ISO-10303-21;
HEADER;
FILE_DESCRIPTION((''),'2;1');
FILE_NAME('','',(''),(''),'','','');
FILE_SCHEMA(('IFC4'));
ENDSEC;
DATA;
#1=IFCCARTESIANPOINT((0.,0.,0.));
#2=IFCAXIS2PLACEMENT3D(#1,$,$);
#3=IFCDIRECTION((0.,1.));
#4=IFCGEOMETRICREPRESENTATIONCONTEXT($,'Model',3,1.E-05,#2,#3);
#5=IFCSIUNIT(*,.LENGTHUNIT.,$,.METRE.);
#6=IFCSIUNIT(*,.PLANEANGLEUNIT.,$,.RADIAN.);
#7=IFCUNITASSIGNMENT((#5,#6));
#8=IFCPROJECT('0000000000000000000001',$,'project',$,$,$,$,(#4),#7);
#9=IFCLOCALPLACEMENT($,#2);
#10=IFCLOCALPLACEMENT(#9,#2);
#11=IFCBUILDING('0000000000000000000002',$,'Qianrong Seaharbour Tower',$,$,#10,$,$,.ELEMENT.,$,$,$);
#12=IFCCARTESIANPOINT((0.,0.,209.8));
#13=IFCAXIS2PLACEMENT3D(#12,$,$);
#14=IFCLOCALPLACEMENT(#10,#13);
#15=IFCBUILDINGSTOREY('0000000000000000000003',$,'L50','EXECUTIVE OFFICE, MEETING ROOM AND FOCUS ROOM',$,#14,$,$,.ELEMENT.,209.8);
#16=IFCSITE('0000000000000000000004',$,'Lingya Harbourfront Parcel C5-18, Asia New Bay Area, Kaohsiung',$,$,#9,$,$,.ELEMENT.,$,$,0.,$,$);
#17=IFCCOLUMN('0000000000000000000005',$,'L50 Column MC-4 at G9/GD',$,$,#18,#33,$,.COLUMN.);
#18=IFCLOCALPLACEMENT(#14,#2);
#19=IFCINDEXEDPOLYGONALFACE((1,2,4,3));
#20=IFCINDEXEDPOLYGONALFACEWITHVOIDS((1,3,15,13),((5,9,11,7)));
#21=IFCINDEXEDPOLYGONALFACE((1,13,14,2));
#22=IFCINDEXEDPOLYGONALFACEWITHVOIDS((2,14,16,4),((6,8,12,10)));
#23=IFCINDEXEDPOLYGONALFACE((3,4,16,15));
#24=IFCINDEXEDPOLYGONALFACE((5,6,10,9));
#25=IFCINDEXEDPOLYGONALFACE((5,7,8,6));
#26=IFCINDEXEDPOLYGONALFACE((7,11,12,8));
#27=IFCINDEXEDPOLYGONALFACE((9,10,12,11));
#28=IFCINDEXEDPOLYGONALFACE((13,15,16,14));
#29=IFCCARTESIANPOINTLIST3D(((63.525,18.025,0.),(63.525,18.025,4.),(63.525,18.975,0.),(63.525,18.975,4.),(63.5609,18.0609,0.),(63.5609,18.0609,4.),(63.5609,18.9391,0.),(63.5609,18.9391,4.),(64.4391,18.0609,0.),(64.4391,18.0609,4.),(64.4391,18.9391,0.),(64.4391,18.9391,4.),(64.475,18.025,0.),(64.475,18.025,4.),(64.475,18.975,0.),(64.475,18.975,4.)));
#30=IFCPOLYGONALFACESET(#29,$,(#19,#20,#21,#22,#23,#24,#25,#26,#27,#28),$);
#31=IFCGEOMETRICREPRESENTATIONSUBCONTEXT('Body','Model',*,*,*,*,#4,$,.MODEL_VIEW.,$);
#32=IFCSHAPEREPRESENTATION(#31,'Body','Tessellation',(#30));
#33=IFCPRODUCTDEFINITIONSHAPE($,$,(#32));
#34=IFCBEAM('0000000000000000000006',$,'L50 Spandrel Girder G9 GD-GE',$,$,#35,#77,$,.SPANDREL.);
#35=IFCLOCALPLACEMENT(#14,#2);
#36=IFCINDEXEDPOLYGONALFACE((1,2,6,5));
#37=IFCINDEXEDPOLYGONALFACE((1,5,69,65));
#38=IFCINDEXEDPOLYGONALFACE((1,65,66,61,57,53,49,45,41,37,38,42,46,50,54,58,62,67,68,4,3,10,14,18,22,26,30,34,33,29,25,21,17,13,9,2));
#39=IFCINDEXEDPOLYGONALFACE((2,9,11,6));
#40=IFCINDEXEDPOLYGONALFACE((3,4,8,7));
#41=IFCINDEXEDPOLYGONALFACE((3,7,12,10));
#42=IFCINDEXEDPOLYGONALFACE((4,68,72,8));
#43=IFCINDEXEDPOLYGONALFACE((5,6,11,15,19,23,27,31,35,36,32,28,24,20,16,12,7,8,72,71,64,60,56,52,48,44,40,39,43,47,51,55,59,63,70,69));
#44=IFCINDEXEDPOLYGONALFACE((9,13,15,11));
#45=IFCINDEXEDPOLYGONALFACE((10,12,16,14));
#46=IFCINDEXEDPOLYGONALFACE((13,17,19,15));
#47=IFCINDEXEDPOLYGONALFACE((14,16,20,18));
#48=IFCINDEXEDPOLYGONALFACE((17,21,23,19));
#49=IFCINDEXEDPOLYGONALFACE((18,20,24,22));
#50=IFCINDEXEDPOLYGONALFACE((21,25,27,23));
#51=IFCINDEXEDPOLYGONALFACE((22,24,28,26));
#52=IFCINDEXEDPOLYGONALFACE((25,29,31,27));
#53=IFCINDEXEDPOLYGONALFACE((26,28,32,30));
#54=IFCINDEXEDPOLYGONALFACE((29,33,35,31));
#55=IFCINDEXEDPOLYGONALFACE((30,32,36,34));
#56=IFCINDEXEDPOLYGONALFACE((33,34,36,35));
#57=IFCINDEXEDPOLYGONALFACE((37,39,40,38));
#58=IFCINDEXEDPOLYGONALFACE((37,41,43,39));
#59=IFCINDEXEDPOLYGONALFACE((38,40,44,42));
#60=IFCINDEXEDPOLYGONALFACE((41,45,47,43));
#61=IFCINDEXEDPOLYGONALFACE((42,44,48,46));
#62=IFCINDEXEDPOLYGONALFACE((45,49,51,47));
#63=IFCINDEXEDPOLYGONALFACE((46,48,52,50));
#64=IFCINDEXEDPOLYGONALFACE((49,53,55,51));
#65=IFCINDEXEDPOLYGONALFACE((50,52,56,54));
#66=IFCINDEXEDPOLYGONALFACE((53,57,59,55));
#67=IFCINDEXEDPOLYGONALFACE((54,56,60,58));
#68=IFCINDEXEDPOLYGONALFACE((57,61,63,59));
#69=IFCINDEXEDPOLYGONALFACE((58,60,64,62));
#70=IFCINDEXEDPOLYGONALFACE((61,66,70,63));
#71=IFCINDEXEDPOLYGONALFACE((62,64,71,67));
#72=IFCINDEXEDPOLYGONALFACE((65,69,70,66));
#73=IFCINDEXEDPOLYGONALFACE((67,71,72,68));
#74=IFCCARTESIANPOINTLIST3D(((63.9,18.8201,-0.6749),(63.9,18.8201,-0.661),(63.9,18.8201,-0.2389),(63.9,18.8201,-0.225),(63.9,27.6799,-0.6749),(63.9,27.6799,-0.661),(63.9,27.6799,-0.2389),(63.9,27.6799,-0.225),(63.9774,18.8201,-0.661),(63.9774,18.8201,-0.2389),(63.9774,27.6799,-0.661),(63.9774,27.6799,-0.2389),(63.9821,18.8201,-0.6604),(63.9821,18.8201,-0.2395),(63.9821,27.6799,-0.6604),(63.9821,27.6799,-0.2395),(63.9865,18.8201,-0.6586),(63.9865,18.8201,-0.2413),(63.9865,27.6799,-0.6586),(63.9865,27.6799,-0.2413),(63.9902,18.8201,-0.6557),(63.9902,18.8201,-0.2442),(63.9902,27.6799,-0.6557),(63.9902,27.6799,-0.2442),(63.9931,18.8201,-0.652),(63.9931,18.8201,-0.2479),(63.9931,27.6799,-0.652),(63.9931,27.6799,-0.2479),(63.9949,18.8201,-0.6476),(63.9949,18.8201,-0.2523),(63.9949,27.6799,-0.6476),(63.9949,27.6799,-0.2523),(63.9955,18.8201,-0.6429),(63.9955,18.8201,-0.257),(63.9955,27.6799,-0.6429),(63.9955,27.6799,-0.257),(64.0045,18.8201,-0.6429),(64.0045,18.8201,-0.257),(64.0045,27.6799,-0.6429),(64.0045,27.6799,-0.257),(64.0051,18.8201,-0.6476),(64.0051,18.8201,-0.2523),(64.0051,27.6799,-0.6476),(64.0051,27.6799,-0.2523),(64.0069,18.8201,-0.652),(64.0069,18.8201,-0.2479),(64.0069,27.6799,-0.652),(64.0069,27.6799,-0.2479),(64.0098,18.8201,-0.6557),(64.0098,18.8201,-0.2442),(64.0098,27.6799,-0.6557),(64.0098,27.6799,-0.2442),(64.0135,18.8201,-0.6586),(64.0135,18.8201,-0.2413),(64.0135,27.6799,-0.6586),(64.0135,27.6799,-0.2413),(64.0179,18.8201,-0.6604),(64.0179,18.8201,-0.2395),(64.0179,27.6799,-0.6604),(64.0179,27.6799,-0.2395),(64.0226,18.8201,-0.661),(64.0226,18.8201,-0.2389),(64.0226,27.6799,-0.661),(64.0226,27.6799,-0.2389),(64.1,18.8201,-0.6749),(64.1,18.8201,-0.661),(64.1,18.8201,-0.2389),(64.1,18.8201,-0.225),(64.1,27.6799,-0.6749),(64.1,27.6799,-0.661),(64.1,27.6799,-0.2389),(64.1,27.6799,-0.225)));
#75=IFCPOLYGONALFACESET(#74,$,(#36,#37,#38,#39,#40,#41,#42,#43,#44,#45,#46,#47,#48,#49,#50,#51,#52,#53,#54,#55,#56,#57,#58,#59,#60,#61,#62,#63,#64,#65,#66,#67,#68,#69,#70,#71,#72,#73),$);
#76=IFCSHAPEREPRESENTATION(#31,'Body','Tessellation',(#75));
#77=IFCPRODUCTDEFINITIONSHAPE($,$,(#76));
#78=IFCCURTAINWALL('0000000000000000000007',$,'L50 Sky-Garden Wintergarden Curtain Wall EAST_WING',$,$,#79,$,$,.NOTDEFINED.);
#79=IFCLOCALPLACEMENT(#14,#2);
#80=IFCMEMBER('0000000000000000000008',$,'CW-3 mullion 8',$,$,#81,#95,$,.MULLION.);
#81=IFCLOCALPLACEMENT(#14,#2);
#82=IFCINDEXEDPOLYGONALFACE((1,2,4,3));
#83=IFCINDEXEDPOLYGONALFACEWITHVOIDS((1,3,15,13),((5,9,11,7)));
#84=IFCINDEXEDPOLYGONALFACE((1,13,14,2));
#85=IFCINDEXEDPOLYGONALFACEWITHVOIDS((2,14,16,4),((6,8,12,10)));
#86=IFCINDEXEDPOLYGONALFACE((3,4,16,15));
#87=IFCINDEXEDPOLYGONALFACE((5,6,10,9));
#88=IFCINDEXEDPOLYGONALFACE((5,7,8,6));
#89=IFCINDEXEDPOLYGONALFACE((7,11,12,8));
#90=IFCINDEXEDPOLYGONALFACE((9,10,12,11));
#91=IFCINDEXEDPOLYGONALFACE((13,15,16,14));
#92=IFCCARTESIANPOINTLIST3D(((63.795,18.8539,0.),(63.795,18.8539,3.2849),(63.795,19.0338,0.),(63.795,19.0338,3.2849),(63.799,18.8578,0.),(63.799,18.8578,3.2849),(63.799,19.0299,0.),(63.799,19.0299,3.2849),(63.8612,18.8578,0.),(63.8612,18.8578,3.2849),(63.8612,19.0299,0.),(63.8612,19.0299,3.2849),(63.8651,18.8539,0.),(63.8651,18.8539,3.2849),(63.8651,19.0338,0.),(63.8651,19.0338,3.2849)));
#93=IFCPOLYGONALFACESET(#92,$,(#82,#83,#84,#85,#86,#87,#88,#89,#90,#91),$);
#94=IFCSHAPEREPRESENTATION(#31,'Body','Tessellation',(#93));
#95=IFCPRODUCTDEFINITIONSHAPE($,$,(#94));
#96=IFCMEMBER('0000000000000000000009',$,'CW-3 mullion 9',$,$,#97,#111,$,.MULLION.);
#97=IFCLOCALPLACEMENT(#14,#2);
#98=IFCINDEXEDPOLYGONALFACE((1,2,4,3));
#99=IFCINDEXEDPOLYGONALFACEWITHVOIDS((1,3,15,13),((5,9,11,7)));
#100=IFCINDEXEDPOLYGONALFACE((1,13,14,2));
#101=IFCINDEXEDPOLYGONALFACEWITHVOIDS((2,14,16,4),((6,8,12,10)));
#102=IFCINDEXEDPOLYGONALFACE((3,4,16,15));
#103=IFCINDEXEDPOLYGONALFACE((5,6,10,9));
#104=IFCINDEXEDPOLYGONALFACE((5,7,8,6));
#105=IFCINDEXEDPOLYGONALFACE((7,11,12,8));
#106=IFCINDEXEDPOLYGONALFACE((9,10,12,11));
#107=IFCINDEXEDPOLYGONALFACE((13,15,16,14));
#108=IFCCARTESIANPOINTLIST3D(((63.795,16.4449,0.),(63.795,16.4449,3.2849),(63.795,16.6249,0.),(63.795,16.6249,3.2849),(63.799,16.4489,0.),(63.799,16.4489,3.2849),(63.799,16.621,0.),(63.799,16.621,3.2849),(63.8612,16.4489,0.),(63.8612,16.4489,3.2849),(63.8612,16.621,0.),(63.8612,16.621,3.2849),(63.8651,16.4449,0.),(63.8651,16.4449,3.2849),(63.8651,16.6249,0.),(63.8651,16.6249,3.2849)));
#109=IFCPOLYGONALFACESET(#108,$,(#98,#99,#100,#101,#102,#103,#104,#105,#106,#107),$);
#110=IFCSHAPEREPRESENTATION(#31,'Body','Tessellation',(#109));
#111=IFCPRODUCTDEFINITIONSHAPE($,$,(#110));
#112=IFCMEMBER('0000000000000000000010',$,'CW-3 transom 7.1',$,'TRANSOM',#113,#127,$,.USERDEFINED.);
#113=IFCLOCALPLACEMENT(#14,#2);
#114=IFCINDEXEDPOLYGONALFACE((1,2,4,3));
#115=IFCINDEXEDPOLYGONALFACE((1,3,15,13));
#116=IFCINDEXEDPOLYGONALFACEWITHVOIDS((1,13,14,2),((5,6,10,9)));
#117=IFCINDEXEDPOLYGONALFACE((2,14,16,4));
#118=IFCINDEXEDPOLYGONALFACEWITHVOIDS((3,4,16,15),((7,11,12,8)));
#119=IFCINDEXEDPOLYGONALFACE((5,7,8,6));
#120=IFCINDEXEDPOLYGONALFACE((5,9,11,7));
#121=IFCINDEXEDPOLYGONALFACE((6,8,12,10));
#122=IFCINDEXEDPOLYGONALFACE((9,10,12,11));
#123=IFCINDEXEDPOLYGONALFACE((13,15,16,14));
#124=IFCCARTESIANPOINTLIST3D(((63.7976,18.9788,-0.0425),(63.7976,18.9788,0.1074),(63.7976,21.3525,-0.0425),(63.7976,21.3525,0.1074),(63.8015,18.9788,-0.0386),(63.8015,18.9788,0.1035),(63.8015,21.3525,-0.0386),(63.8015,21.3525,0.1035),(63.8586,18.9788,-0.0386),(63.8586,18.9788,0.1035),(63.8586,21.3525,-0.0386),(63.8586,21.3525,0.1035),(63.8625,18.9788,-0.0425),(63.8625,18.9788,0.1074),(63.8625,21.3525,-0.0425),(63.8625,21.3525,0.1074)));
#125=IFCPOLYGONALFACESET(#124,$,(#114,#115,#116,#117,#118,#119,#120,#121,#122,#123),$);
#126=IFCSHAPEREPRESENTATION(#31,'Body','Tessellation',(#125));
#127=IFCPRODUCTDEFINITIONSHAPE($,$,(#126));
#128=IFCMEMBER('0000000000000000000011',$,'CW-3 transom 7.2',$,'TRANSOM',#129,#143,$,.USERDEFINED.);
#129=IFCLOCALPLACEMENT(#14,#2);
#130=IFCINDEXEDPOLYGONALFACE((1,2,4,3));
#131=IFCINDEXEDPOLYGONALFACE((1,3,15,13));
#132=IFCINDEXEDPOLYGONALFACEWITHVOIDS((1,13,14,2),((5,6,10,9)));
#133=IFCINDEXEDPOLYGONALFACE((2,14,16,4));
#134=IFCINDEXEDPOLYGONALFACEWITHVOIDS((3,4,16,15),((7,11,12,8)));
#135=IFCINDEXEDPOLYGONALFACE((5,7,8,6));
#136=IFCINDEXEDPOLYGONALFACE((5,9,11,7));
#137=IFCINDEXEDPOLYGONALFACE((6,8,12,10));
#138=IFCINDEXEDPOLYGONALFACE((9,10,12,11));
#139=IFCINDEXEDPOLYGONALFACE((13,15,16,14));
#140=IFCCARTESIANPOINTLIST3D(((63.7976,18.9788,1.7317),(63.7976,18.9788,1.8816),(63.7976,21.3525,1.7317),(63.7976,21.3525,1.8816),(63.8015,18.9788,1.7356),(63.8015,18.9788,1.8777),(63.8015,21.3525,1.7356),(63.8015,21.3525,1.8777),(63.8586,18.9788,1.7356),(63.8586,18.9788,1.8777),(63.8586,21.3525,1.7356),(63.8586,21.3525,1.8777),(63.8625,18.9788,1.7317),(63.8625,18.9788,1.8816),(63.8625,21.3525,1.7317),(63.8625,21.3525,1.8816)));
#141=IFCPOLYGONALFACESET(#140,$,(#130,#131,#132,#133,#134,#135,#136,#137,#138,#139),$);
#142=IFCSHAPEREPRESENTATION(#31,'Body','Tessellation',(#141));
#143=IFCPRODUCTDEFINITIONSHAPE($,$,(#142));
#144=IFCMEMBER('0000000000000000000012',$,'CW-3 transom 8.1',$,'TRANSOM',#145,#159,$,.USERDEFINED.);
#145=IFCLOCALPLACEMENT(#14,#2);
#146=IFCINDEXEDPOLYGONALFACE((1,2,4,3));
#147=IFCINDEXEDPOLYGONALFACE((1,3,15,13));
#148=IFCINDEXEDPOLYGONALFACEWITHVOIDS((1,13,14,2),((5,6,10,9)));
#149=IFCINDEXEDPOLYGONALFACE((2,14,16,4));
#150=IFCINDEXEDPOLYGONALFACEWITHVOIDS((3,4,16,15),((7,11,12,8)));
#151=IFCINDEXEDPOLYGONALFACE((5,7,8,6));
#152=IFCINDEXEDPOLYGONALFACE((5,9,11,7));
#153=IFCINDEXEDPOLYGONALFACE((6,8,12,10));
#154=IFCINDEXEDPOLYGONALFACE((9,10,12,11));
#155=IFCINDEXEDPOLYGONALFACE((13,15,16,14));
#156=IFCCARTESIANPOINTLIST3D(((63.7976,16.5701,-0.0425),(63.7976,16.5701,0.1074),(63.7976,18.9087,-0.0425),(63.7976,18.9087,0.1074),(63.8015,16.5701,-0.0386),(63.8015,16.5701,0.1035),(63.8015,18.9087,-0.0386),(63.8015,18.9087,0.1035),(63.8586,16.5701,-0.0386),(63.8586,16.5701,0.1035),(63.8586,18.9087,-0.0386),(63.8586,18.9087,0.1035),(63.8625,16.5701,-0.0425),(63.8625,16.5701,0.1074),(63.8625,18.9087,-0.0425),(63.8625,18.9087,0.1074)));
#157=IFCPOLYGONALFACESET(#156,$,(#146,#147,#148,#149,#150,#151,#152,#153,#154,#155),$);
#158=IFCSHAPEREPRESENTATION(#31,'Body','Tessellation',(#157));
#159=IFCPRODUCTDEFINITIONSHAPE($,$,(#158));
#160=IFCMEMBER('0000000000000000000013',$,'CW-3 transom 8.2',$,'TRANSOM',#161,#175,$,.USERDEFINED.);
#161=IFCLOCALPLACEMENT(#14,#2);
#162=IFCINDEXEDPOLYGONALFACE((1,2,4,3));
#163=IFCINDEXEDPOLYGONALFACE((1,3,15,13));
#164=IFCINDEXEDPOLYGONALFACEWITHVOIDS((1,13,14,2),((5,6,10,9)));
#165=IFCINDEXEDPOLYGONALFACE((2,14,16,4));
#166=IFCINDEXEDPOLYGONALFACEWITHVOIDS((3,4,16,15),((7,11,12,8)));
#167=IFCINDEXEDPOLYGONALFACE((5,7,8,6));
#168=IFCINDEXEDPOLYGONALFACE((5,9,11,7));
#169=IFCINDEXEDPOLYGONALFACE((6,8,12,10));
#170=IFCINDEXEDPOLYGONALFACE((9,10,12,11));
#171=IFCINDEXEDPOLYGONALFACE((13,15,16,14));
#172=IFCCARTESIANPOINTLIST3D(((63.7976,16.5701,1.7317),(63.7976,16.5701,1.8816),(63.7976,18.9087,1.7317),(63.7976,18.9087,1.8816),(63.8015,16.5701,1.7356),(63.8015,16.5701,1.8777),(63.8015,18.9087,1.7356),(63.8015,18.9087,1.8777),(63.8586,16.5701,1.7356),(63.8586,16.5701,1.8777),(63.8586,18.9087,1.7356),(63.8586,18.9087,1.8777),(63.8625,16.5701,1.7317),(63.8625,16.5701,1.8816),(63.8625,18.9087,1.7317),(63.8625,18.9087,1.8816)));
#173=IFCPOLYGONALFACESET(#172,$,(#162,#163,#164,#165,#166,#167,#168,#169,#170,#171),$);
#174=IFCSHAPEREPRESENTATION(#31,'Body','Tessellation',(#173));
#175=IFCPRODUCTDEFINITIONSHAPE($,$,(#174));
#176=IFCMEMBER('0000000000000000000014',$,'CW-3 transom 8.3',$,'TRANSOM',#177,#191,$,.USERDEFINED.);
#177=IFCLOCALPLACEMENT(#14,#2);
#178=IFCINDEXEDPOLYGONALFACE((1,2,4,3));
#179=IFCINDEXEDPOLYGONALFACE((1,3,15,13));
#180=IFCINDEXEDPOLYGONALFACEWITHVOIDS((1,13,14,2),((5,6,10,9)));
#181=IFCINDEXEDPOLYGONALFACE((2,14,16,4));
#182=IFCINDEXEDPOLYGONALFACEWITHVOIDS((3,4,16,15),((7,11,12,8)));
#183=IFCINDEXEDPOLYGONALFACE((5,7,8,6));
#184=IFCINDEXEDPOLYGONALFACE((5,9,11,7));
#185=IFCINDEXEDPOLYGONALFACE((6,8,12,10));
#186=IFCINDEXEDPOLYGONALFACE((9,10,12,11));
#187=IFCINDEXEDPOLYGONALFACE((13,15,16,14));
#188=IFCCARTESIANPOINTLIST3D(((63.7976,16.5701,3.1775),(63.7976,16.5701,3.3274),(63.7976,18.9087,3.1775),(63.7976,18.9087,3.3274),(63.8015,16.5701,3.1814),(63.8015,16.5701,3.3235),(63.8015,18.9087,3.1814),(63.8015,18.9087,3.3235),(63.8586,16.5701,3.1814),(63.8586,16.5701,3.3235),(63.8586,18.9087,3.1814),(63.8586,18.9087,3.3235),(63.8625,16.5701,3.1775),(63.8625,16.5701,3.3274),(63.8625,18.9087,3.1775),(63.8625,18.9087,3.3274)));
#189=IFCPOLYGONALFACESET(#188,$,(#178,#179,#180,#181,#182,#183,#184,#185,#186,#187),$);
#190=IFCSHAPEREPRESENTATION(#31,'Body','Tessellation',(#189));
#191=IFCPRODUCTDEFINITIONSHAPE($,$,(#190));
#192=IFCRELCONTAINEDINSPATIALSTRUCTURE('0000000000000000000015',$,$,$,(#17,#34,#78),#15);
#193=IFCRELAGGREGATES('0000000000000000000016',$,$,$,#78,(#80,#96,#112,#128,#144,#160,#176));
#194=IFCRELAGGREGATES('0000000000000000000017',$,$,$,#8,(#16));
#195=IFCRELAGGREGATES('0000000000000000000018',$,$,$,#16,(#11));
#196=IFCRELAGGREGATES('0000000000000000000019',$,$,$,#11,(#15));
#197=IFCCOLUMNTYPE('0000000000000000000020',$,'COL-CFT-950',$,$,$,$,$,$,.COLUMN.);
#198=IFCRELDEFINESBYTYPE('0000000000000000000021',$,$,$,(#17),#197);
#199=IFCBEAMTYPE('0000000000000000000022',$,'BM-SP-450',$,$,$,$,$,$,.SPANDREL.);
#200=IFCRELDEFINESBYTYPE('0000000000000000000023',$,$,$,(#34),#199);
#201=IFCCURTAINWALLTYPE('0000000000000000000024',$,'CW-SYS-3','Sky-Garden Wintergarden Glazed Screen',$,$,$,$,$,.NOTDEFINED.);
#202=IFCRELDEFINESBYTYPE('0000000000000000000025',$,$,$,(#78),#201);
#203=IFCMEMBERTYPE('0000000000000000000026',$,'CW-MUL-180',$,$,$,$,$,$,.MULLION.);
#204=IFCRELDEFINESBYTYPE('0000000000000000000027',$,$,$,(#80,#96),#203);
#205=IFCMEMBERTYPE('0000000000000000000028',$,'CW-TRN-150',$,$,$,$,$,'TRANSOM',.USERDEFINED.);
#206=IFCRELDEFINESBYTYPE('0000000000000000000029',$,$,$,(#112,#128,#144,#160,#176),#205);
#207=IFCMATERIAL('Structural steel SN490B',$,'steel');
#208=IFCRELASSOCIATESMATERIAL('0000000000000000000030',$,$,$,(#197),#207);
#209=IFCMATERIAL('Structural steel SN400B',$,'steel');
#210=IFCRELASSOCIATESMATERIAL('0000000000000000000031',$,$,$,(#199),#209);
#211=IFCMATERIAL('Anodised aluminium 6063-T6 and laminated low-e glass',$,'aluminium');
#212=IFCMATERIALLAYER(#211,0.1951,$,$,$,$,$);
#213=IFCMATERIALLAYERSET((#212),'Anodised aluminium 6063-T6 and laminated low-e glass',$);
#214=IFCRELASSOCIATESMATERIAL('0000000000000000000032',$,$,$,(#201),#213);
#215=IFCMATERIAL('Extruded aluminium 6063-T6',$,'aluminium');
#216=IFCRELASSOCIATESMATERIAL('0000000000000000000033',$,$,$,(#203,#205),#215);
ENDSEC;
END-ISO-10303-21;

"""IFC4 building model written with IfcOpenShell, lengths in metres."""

from ifc_helpers import new_model, si_unit, direction, frame, origin, origin_2d, place, context, subcontext, project, spatial, hollow_rectangle, i_section, extrude, material, layer, layer_set, material_profile, profile_set, type_object, element, aggregate, save


model = new_model("IFC4")

# Units and contexts
model_context = context("Model", 3, precision=1e-05, world=origin(), true_north=direction((0.0, 1.0)))
body_context = subcontext(model_context, "Body", "Model", "MODEL_VIEW")
ifc_project = project(units=[si_unit("LENGTHUNIT", "METRE"), si_unit("PLANEANGLEUNIT", "RADIAN")], contexts=[model_context])

# Site, building, storey
site_placement = place(None, origin())
site = spatial("IfcSite", under=ifc_project, at=site_placement, Name="Lingya Harbourfront Parcel C5-18, Asia New Bay Area, Kaohsiung", CompositionType="ELEMENT", RefElevation=0.0)
building_placement = place(site_placement, origin())
building = spatial("IfcBuilding", under=site, at=building_placement, Name="Qianrong Seaharbour Tower", CompositionType="ELEMENT")
storey_placement = place(building_placement, frame((0.0, 0.0, 209.8)))
storey = spatial("IfcBuildingStorey", under=building, at=storey_placement, Name="L50", Description="EXECUTIVE OFFICE, MEETING ROOM AND FOCUS ROOM", CompositionType="ELEMENT", Elevation=209.8)

# Column
ifc_material_1 = material(Name="Structural steel SN490B", Category="steel")
ifc_material_profile_1 = material_profile(ifc_material_1, hollow_rectangle(XDim=0.95, YDim=0.95, WallThickness=0.0359, at=origin_2d()), Name="BOX950x950x36")
ifc_profile_set_1 = profile_set([ifc_material_profile_1], Name="Structural steel SN490B")
column_type = type_object("IfcColumnType", Name="COL-CFT-950", PredefinedType="COLUMN", material=ifc_profile_set_1)
column_placement = place(storey_placement, frame((64.0, 18.5, 0.0), z_axis=(0.0, 0.0, 1.0), x_axis=(1.0, 0.0, 0.0)))
element("IfcColumn", 1, at=column_placement, inside=storey, type_object=column_type, Name="L50 Column MC-4 at G9/GD", PredefinedType="COLUMN", context=body_context, shape_type="SweptSolid", body=[
    extrude(hollow_rectangle(XDim=0.95, YDim=0.95, WallThickness=0.0359, at=origin_2d()), origin(), (0.0, 0.0, 1.0), 4.0),
])

# Beam
ifc_material_2 = material(Name="Structural steel SN400B", Category="steel")
ifc_material_profile_2 = material_profile(ifc_material_2, i_section(OverallWidth=0.2, OverallDepth=0.45, WebThickness=0.009, FlangeThickness=0.0139, FilletRadius=0.0181, at=origin_2d()), Name="H450x200x9x14")
ifc_profile_set_2 = profile_set([ifc_material_profile_2], Name="Structural steel SN400B")
beam_type = type_object("IfcBeamType", Name="BM-SP-450", PredefinedType="SPANDREL", material=ifc_profile_set_2)
beam_placement = place(storey_placement, frame((64.0, 18.8201, -0.45), z_axis=(0.0, 1.0, 0.0), x_axis=(-1.0, 0.0, 0.0)))
element("IfcBeam", 2, at=beam_placement, inside=storey, type_object=beam_type, Name="L50 Spandrel Girder G9 GD-GE", PredefinedType="SPANDREL", context=body_context, shape_type="SweptSolid", body=[
    extrude(i_section(OverallWidth=0.2, OverallDepth=0.45, WebThickness=0.009, FlangeThickness=0.0139, FilletRadius=0.0181, at=origin_2d()), origin(), (0.0, 0.0, 1.0), 8.8599),
])

# Curtain wall, members
ifc_material_3 = material(Name="Anodised aluminium 6063-T6 and laminated low-e glass", Category="aluminium")
ifc_layer_1 = layer(ifc_material_3, 0.1951)
ifc_layer_set_1 = layer_set([ifc_layer_1], Name="Anodised aluminium 6063-T6 and laminated low-e glass")
curtain_wall_type = type_object("IfcCurtainWallType", Name="CW-SYS-3", Description="Sky-Garden Wintergarden Glazed Screen", PredefinedType="NOTDEFINED", material=ifc_layer_set_1)
curtain_wall_placement = place(storey_placement, origin())
curtain_wall = element("IfcCurtainWall", 3, at=curtain_wall_placement, inside=storey, type_object=curtain_wall_type, Name="L50 Sky-Garden Wintergarden Curtain Wall EAST_WING", PredefinedType="NOTDEFINED")
ifc_material_4 = material(Name="Extruded aluminium 6063-T6", Category="aluminium")
ifc_material_profile_3 = material_profile(ifc_material_4, hollow_rectangle(XDim=0.0701, YDim=0.1799, WallThickness=0.0039, at=origin_2d()), Name="ALU-MUL-180x70x4")
ifc_profile_set_3 = profile_set([ifc_material_profile_3], Name="Extruded aluminium 6063-T6")
member_type_1 = type_object("IfcMemberType", Name="CW-MUL-180", PredefinedType="MULLION", material=ifc_profile_set_3)
member_1_placement = place(storey_placement, frame((63.8301, 18.9438, 0.0), z_axis=(0.0, 0.0, 1.0), x_axis=(1.0, 0.0, 0.0)))
member_1 = element("IfcMember", 4, at=member_1_placement, type_object=member_type_1, Name="CW-3 mullion 8", PredefinedType="MULLION", context=body_context, shape_type="SweptSolid", body=[
    extrude(hollow_rectangle(XDim=0.0701, YDim=0.1799, WallThickness=0.0039, at=origin_2d()), origin(), (0.0, 0.0, 1.0), 3.2849),
])
member_2_placement = place(storey_placement, frame((63.8301, 16.5349, 0.0), z_axis=(0.0, 0.0, 1.0), x_axis=(1.0, 0.0, 0.0)))
member_2 = element("IfcMember", 5, at=member_2_placement, type_object=member_type_1, Name="CW-3 mullion 9", PredefinedType="MULLION", context=body_context, shape_type="SweptSolid", body=[
    extrude(hollow_rectangle(XDim=0.0701, YDim=0.1799, WallThickness=0.0039, at=origin_2d()), origin(), (0.0, 0.0, 1.0), 3.2849),
])
ifc_material_profile_4 = material_profile(ifc_material_4, hollow_rectangle(XDim=0.0649, YDim=0.1499, WallThickness=0.0039, at=origin_2d()), Name="ALU-TRN-150x65x4")
ifc_profile_set_4 = profile_set([ifc_material_profile_4], Name="Extruded aluminium 6063-T6")
member_type_2 = type_object("IfcMemberType", Name="CW-TRN-150", ElementType="TRANSOM", PredefinedType="USERDEFINED", material=ifc_profile_set_4)
member_3_placement = place(storey_placement, frame((63.8301, 21.3525, 0.0325), z_axis=(0.0, -1.0, 0.0), x_axis=(1.0, 0.0, 0.0)))
member_3 = element("IfcMember", 6, at=member_3_placement, type_object=member_type_2, Name="CW-3 transom 7.1", ObjectType="TRANSOM", PredefinedType="USERDEFINED", context=body_context, shape_type="SweptSolid", body=[
    extrude(hollow_rectangle(XDim=0.0649, YDim=0.1499, WallThickness=0.0039, at=origin_2d()), origin(), (0.0, 0.0, 1.0), 2.3738),
])
member_4_placement = place(storey_placement, frame((63.8301, 21.3525, 1.8066), z_axis=(0.0, -1.0, 0.0), x_axis=(1.0, 0.0, 0.0)))
member_4 = element("IfcMember", 7, at=member_4_placement, type_object=member_type_2, Name="CW-3 transom 7.2", ObjectType="TRANSOM", PredefinedType="USERDEFINED", context=body_context, shape_type="SweptSolid", body=[
    extrude(hollow_rectangle(XDim=0.0649, YDim=0.1499, WallThickness=0.0039, at=origin_2d()), origin(), (0.0, 0.0, 1.0), 2.3738),
])
member_5_placement = place(storey_placement, frame((63.8301, 18.9087, 0.0325), z_axis=(0.0, -1.0, 0.0), x_axis=(1.0, 0.0, 0.0)))
member_5 = element("IfcMember", 8, at=member_5_placement, type_object=member_type_2, Name="CW-3 transom 8.1", ObjectType="TRANSOM", PredefinedType="USERDEFINED", context=body_context, shape_type="SweptSolid", body=[
    extrude(hollow_rectangle(XDim=0.0649, YDim=0.1499, WallThickness=0.0039, at=origin_2d()), origin(), (0.0, 0.0, 1.0), 2.3386),
])
member_6_placement = place(storey_placement, frame((63.8301, 18.9087, 1.8066), z_axis=(0.0, -1.0, 0.0), x_axis=(1.0, 0.0, 0.0)))
member_6 = element("IfcMember", 9, at=member_6_placement, type_object=member_type_2, Name="CW-3 transom 8.2", ObjectType="TRANSOM", PredefinedType="USERDEFINED", context=body_context, shape_type="SweptSolid", body=[
    extrude(hollow_rectangle(XDim=0.0649, YDim=0.1499, WallThickness=0.0039, at=origin_2d()), origin(), (0.0, 0.0, 1.0), 2.3386),
])
member_7_placement = place(storey_placement, frame((63.8301, 18.9087, 3.2524), z_axis=(0.0, -1.0, 0.0), x_axis=(1.0, 0.0, 0.0)))
member_7 = element("IfcMember", 10, at=member_7_placement, type_object=member_type_2, Name="CW-3 transom 8.3", ObjectType="TRANSOM", PredefinedType="USERDEFINED", context=body_context, shape_type="SweptSolid", body=[
    extrude(hollow_rectangle(XDim=0.0649, YDim=0.1499, WallThickness=0.0039, at=origin_2d()), origin(), (0.0, 0.0, 1.0), 2.3386),
])
aggregate(curtain_wall, [member_1, member_2, member_3, member_4, member_5, member_6, member_7])

save(model, "model.ifc")
